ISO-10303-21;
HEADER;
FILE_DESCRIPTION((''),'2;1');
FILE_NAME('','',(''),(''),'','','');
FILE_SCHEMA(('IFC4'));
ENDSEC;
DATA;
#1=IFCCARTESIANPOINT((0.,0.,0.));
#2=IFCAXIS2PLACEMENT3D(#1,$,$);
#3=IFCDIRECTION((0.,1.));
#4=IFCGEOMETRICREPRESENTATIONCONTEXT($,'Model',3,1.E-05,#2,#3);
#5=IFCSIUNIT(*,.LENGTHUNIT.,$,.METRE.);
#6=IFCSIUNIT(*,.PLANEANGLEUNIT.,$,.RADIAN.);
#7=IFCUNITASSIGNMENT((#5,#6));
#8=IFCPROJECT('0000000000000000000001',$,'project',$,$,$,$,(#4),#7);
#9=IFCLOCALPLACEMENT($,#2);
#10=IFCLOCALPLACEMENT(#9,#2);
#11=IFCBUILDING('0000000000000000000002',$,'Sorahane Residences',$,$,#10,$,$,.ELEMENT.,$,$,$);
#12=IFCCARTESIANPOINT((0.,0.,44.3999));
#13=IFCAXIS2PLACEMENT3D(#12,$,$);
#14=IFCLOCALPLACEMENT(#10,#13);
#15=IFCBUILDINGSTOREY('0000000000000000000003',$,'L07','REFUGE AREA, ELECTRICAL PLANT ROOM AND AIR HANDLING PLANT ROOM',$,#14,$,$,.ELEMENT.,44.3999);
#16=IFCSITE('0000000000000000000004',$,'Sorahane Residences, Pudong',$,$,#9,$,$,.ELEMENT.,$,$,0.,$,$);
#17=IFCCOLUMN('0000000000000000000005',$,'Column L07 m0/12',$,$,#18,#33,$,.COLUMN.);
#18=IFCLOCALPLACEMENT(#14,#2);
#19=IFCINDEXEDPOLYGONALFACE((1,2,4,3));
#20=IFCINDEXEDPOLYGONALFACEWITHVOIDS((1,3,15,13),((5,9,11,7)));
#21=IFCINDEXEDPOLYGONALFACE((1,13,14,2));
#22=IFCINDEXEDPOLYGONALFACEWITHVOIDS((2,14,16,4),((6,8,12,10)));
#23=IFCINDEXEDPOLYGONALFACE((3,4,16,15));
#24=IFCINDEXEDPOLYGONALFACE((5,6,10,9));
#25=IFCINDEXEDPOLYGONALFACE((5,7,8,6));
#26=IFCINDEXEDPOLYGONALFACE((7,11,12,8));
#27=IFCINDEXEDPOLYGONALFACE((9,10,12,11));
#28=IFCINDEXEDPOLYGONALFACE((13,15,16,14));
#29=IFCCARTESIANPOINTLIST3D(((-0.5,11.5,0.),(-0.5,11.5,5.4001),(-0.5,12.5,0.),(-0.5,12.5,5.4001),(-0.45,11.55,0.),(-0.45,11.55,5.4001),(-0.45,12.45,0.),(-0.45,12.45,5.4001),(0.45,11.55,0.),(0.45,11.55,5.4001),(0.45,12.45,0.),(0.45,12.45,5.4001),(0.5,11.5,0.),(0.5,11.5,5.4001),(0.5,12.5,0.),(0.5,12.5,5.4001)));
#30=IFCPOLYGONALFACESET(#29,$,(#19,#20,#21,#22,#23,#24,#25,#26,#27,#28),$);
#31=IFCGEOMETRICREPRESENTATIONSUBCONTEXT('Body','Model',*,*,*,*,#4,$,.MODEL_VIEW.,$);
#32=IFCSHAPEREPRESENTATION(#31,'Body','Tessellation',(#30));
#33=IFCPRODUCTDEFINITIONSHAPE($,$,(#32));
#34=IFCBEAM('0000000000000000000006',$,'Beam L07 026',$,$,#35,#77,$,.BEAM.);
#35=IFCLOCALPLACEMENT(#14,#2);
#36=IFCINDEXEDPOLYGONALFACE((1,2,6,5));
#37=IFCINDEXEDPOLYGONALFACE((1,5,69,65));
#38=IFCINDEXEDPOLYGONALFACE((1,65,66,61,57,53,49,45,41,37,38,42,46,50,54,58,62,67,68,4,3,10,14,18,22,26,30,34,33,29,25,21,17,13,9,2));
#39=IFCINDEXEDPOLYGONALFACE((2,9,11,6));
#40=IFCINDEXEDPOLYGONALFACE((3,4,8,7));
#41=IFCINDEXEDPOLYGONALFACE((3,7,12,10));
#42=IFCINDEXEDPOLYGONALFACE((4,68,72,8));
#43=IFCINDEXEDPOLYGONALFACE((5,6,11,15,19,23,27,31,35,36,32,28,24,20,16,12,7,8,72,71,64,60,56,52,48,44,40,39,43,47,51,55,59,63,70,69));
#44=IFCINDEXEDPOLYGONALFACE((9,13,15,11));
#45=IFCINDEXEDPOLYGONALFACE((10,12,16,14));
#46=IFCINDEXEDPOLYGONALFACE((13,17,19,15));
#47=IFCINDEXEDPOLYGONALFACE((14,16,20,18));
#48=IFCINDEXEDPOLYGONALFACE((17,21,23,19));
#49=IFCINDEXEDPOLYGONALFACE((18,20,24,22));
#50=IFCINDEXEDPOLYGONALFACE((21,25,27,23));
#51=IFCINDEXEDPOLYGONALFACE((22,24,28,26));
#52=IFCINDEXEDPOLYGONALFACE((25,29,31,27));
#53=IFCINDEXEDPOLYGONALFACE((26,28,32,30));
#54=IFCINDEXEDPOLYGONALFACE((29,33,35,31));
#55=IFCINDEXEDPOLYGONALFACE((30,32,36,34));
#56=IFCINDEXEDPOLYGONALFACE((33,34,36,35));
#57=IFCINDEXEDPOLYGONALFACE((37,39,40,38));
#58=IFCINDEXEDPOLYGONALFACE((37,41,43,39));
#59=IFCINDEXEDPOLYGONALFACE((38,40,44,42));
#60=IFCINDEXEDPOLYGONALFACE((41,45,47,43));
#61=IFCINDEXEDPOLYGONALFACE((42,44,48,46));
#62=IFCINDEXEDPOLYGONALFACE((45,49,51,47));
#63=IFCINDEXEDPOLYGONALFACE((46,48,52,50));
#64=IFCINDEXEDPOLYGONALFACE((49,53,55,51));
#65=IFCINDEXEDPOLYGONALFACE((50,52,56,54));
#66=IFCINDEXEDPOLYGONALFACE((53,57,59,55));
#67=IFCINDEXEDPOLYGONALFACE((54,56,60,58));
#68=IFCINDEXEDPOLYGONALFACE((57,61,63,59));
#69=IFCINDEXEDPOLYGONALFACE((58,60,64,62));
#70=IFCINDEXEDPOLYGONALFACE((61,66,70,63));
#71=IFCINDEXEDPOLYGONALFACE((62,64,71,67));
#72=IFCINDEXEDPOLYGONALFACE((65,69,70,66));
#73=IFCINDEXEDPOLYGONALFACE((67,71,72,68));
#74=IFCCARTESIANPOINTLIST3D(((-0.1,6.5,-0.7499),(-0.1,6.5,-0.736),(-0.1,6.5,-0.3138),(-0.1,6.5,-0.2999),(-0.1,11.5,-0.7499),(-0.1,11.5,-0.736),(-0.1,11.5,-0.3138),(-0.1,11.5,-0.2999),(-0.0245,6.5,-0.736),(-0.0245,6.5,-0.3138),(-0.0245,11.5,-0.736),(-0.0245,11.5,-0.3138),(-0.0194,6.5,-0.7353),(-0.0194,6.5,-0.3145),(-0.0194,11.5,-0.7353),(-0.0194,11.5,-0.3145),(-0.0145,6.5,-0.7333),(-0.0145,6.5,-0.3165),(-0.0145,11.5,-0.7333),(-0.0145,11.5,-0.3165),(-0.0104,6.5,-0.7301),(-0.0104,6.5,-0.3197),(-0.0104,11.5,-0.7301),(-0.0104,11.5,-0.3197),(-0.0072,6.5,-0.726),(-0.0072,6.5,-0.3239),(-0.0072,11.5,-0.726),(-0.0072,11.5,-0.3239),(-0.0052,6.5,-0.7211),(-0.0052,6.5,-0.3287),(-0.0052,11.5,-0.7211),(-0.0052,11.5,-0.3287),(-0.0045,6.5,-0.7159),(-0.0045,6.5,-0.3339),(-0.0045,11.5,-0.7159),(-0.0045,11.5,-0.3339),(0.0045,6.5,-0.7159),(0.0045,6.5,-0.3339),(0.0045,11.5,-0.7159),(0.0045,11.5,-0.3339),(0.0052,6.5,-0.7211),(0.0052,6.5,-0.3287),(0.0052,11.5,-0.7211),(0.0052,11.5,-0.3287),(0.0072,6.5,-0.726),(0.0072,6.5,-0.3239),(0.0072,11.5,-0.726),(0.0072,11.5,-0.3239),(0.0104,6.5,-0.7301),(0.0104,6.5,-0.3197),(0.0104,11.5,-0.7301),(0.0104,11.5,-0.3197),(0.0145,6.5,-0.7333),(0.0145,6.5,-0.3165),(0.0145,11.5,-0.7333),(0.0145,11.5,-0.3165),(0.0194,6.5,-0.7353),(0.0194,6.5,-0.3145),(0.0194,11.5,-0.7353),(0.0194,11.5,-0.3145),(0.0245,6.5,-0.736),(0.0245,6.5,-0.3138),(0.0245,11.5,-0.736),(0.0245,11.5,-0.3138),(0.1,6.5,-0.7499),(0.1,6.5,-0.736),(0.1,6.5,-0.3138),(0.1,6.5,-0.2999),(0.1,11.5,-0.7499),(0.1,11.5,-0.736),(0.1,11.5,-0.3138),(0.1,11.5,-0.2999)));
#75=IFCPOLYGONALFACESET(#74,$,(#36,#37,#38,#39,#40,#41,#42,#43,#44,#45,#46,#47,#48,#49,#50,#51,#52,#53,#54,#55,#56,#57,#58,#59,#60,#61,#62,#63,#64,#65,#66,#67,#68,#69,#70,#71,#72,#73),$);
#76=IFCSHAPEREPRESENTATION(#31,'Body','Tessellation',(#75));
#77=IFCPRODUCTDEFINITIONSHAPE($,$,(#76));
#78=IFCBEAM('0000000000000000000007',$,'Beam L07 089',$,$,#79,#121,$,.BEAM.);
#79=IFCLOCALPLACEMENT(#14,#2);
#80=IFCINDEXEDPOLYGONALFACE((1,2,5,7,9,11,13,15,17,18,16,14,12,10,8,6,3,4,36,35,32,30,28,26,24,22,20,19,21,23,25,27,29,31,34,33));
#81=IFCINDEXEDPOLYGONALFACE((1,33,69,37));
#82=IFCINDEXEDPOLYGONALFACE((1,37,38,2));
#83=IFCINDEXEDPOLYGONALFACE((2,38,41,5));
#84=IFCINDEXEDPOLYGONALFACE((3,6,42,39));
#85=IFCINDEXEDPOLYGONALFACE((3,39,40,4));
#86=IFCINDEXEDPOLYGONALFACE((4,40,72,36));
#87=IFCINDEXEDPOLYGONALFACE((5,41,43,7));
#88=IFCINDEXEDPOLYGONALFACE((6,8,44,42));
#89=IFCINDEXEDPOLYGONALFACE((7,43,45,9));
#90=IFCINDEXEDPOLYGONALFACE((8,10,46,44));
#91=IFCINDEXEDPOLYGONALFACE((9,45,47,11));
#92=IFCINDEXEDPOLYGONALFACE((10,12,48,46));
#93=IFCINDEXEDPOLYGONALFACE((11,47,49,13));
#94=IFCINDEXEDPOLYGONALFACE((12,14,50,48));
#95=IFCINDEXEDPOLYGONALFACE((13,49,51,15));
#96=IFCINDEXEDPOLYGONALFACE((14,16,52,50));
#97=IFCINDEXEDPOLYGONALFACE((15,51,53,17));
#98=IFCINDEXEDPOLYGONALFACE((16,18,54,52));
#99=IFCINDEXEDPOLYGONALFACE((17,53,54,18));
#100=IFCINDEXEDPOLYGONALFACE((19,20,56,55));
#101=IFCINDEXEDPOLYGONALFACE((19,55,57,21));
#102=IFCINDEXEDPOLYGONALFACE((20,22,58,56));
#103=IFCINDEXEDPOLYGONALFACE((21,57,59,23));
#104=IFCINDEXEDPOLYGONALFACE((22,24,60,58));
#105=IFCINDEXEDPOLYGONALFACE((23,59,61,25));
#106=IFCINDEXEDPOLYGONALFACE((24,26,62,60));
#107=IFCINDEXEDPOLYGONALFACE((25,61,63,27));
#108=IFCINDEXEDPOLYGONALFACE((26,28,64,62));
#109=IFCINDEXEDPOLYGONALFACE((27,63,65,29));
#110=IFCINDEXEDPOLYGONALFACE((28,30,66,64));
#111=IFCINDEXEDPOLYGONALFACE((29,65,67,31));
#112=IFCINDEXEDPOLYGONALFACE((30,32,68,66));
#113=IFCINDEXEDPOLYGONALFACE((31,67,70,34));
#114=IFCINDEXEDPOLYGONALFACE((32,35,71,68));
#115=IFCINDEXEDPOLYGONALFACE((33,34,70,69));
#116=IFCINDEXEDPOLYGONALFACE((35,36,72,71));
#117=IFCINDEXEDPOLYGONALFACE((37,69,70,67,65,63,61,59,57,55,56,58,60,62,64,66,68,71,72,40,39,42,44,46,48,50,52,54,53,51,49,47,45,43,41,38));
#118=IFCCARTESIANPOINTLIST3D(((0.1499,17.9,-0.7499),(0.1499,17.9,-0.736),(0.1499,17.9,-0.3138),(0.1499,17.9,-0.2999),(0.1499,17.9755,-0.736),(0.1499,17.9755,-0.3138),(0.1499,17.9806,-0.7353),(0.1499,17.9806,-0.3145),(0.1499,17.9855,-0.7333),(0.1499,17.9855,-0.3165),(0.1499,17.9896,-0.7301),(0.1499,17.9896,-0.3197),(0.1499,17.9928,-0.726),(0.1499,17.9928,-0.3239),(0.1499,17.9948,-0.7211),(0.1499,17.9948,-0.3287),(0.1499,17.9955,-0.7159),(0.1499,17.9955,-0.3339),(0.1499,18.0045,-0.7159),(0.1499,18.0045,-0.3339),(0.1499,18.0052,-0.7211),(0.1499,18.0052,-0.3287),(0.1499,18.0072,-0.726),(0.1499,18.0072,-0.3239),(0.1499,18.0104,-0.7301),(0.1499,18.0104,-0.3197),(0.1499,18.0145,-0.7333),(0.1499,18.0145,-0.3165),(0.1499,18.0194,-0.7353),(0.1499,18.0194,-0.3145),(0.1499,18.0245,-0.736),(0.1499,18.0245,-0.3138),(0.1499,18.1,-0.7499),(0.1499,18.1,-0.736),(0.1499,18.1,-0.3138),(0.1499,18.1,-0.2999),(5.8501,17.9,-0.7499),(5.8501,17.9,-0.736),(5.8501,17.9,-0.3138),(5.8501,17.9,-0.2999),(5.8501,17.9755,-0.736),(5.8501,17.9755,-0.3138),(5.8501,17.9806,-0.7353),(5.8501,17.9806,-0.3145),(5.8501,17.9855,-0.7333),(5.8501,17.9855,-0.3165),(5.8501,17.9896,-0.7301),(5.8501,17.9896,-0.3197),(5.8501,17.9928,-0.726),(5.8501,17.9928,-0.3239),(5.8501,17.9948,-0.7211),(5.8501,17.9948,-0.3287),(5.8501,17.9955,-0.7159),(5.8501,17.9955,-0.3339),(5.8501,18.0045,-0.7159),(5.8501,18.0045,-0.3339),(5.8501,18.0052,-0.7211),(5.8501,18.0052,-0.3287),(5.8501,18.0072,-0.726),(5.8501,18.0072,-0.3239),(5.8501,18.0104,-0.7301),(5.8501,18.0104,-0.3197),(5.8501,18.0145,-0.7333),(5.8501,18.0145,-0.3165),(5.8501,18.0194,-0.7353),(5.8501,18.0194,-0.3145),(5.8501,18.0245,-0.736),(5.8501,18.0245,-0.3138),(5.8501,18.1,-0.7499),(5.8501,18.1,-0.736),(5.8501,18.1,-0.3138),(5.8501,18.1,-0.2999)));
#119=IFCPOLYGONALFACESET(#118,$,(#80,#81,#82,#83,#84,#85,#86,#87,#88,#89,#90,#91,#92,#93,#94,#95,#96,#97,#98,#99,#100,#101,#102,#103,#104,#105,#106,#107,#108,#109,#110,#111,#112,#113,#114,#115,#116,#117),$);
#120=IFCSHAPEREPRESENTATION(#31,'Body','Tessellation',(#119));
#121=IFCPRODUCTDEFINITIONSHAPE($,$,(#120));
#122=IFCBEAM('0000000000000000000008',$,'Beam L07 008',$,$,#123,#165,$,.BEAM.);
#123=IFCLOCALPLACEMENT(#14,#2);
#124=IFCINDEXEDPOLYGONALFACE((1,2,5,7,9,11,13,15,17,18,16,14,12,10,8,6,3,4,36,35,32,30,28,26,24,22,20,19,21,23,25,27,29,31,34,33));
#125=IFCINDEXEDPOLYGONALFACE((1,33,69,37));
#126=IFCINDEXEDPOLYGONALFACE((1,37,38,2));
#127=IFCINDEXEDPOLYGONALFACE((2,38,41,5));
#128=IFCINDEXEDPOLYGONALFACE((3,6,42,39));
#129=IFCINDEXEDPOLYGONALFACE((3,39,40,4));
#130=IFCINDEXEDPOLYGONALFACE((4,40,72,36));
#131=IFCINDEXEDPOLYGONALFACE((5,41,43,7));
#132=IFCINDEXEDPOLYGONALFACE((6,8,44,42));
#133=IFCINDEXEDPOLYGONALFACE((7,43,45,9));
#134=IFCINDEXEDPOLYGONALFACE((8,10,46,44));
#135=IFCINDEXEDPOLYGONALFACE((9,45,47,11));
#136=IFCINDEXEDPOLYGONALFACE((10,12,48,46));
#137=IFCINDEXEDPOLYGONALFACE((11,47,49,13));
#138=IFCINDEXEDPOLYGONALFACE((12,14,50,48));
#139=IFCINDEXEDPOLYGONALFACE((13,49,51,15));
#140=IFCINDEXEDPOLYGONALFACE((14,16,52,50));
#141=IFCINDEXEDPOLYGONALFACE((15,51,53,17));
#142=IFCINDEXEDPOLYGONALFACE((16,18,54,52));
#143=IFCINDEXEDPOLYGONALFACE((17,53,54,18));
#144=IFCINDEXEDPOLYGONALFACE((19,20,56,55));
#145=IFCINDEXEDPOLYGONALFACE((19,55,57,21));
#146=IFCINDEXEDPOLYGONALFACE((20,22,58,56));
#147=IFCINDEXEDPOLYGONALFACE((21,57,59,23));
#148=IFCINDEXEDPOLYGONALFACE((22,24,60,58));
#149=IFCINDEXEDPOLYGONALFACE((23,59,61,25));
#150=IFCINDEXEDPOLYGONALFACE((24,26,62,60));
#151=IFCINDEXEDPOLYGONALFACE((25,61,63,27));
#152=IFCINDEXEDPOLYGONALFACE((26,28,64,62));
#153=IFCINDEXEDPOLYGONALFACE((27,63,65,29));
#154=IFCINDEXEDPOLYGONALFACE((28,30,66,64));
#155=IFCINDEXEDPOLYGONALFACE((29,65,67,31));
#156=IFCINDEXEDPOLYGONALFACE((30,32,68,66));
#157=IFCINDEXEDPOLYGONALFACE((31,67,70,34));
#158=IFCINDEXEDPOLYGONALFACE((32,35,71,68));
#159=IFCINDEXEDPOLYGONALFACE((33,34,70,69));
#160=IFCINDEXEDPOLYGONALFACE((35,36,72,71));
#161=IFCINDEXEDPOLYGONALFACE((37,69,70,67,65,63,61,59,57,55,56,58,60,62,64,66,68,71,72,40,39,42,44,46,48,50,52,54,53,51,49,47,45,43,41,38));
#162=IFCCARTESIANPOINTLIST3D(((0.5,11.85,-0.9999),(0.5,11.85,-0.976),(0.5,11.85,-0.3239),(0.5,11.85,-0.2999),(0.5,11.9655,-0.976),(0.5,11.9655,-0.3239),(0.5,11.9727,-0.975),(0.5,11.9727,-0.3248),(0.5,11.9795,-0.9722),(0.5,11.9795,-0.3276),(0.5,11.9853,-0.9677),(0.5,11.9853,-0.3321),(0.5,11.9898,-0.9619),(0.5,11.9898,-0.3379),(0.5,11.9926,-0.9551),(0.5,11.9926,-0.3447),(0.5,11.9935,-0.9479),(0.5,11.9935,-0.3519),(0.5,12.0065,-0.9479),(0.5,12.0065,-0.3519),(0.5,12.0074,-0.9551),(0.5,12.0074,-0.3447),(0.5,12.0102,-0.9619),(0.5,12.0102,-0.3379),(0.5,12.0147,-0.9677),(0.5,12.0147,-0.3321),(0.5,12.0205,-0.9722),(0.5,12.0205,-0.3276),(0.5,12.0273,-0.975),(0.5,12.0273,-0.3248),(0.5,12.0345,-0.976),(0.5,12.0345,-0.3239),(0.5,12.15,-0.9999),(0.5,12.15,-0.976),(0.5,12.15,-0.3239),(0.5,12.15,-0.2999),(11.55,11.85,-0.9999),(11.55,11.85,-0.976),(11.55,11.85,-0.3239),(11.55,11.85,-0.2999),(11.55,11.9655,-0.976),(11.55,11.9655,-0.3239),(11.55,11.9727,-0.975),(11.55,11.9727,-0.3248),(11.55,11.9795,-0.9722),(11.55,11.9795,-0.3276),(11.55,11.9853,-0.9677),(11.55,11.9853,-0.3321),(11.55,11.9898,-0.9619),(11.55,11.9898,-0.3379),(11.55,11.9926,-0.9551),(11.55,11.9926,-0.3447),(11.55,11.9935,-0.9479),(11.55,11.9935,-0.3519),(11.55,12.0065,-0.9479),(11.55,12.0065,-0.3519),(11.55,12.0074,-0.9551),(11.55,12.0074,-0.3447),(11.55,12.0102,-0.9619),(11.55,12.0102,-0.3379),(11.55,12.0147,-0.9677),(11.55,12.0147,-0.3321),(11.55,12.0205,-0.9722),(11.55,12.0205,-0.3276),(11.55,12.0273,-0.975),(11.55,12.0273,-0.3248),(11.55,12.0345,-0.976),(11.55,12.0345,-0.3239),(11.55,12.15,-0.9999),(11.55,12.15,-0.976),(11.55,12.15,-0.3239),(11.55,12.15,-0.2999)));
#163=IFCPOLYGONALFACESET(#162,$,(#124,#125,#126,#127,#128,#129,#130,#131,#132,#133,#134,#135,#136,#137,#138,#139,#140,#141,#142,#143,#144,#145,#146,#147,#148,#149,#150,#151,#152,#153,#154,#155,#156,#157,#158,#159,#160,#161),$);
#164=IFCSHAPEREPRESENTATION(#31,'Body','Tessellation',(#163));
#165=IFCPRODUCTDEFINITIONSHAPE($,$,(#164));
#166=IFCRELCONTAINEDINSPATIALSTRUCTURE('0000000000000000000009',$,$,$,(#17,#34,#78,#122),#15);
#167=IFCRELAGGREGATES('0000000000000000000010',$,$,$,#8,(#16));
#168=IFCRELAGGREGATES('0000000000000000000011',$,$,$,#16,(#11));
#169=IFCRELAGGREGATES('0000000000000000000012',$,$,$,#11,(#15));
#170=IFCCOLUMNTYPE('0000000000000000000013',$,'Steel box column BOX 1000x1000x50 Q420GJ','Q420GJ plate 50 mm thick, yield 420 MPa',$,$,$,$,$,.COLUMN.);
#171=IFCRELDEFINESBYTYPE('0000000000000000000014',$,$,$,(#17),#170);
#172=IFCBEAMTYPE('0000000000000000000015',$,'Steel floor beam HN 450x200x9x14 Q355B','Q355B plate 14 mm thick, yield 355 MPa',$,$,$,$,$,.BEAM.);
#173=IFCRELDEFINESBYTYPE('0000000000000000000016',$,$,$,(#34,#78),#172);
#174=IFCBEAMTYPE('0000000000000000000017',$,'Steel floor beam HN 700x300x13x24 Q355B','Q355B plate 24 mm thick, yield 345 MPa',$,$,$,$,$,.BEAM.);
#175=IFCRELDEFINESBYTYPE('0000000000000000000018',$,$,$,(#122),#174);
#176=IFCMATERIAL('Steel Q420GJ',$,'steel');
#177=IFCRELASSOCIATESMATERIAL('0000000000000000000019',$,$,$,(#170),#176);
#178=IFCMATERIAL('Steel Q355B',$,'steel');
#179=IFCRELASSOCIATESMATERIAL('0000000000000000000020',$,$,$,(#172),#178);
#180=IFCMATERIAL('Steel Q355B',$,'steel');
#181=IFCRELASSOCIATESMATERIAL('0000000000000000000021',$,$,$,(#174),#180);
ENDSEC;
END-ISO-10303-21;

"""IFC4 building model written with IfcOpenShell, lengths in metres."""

from ifc_helpers import new_model, si_unit, direction, frame, origin, origin_2d, place, context, subcontext, project, spatial, hollow_rectangle, i_section, extrude, material, material_profile, profile_set, type_object, element, save


model = new_model("IFC4")

# Units and contexts
model_context = context("Model", 3, precision=1e-05, world=origin(), true_north=direction((0.0, 1.0)))
body_context = subcontext(model_context, "Body", "Model", "MODEL_VIEW")
ifc_project = project(units=[si_unit("LENGTHUNIT", "METRE"), si_unit("PLANEANGLEUNIT", "RADIAN")], contexts=[model_context])

# Site, building, storey
site_placement = place(None, origin())
site = spatial("IfcSite", under=ifc_project, at=site_placement, Name="Sorahane Residences, Pudong", CompositionType="ELEMENT", RefElevation=0.0)
building_placement = place(site_placement, origin())
building = spatial("IfcBuilding", under=site, at=building_placement, Name="Sorahane Residences", CompositionType="ELEMENT")
storey_placement = place(building_placement, frame((0.0, 0.0, 44.3999)))
storey = spatial("IfcBuildingStorey", under=building, at=storey_placement, Name="L07", Description="REFUGE AREA, ELECTRICAL PLANT ROOM AND AIR HANDLING PLANT ROOM", CompositionType="ELEMENT", Elevation=44.3999)

# Column
ifc_material_1 = material(Name="Steel Q420GJ", Category="steel")
ifc_material_profile_1 = material_profile(ifc_material_1, hollow_rectangle(XDim=1.0, YDim=1.0, WallThickness=0.05, at=origin_2d()), Name="BOX 1000x1000x50")
ifc_profile_set_1 = profile_set([ifc_material_profile_1], Name="Steel Q420GJ")
column_type = type_object("IfcColumnType", Name="Steel box column BOX 1000x1000x50 Q420GJ", Description="Q420GJ plate 50 mm thick, yield 420 MPa", PredefinedType="COLUMN", material=ifc_profile_set_1)
column_placement = place(storey_placement, frame((0.0, 12.0, 0.0), z_axis=(0.0, 0.0, 1.0), x_axis=(1.0, 0.0, 0.0)))
element("IfcColumn", 1, at=column_placement, inside=storey, type_object=column_type, Name="Column L07 m0/12", PredefinedType="COLUMN", context=body_context, shape_type="SweptSolid", body=[
    extrude(hollow_rectangle(XDim=1.0, YDim=1.0, WallThickness=0.05, at=origin_2d()), origin(), (0.0, 0.0, 1.0), 5.4001),
])

# Beams
ifc_material_2 = material(Name="Steel Q355B", Category="steel")
ifc_material_profile_2 = material_profile(ifc_material_2, i_section(OverallWidth=0.2, OverallDepth=0.45, WebThickness=0.009, FlangeThickness=0.0139, FilletRadius=0.02, at=origin_2d()), Name="HN 450x200x9x14")
ifc_profile_set_2 = profile_set([ifc_material_profile_2], Name="Steel Q355B")
beam_type_1 = type_object("IfcBeamType", Name="Steel floor beam HN 450x200x9x14 Q355B", Description="Q355B plate 14 mm thick, yield 355 MPa", PredefinedType="BEAM", material=ifc_profile_set_2)
beam_1_placement = place(storey_placement, frame((0.0, 6.5, -0.5249), z_axis=(0.0, 1.0, 0.0), x_axis=(-1.0, 0.0, 0.0)))
element("IfcBeam", 2, at=beam_1_placement, inside=storey, type_object=beam_type_1, Name="Beam L07 026", PredefinedType="BEAM", context=body_context, shape_type="SweptSolid", body=[
    extrude(i_section(OverallWidth=0.2, OverallDepth=0.45, WebThickness=0.009, FlangeThickness=0.0139, FilletRadius=0.02, at=origin_2d()), origin(), (0.0, 0.0, 1.0), 5.0),
])
beam_2_placement = place(storey_placement, frame((0.1499, 18.0, -0.5249), z_axis=(1.0, 0.0, 0.0), x_axis=(0.0, 1.0, 0.0)))
element("IfcBeam", 3, at=beam_2_placement, inside=storey, type_object=beam_type_1, Name="Beam L07 089", PredefinedType="BEAM", context=body_context, shape_type="SweptSolid", body=[
    extrude(i_section(OverallWidth=0.2, OverallDepth=0.45, WebThickness=0.009, FlangeThickness=0.0139, FilletRadius=0.02, at=origin_2d()), origin(), (0.0, 0.0, 1.0), 5.7002),
])
ifc_material_3 = material(Name="Steel Q355B", Category="steel")
ifc_material_profile_3 = material_profile(ifc_material_3, i_section(OverallWidth=0.3, OverallDepth=0.7, WebThickness=0.0129, FlangeThickness=0.0239, FilletRadius=0.0281, at=origin_2d()), Name="HN 700x300x13x24")
ifc_profile_set_3 = profile_set([ifc_material_profile_3], Name="Steel Q355B")
beam_type_2 = type_object("IfcBeamType", Name="Steel floor beam HN 700x300x13x24 Q355B", Description="Q355B plate 24 mm thick, yield 345 MPa", PredefinedType="BEAM", material=ifc_profile_set_3)
beam_3_placement = place(storey_placement, frame((0.5, 12.0, -0.6499), z_axis=(1.0, 0.0, 0.0), x_axis=(0.0, 1.0, 0.0)))
element("IfcBeam", 4, at=beam_3_placement, inside=storey, type_object=beam_type_2, Name="Beam L07 008", PredefinedType="BEAM", context=body_context, shape_type="SweptSolid", body=[
    extrude(i_section(OverallWidth=0.3, OverallDepth=0.7, WebThickness=0.0129, FlangeThickness=0.0239, FilletRadius=0.0281, at=origin_2d()), origin(), (0.0, 0.0, 1.0), 11.05),
])

save(model, "model.ifc")
